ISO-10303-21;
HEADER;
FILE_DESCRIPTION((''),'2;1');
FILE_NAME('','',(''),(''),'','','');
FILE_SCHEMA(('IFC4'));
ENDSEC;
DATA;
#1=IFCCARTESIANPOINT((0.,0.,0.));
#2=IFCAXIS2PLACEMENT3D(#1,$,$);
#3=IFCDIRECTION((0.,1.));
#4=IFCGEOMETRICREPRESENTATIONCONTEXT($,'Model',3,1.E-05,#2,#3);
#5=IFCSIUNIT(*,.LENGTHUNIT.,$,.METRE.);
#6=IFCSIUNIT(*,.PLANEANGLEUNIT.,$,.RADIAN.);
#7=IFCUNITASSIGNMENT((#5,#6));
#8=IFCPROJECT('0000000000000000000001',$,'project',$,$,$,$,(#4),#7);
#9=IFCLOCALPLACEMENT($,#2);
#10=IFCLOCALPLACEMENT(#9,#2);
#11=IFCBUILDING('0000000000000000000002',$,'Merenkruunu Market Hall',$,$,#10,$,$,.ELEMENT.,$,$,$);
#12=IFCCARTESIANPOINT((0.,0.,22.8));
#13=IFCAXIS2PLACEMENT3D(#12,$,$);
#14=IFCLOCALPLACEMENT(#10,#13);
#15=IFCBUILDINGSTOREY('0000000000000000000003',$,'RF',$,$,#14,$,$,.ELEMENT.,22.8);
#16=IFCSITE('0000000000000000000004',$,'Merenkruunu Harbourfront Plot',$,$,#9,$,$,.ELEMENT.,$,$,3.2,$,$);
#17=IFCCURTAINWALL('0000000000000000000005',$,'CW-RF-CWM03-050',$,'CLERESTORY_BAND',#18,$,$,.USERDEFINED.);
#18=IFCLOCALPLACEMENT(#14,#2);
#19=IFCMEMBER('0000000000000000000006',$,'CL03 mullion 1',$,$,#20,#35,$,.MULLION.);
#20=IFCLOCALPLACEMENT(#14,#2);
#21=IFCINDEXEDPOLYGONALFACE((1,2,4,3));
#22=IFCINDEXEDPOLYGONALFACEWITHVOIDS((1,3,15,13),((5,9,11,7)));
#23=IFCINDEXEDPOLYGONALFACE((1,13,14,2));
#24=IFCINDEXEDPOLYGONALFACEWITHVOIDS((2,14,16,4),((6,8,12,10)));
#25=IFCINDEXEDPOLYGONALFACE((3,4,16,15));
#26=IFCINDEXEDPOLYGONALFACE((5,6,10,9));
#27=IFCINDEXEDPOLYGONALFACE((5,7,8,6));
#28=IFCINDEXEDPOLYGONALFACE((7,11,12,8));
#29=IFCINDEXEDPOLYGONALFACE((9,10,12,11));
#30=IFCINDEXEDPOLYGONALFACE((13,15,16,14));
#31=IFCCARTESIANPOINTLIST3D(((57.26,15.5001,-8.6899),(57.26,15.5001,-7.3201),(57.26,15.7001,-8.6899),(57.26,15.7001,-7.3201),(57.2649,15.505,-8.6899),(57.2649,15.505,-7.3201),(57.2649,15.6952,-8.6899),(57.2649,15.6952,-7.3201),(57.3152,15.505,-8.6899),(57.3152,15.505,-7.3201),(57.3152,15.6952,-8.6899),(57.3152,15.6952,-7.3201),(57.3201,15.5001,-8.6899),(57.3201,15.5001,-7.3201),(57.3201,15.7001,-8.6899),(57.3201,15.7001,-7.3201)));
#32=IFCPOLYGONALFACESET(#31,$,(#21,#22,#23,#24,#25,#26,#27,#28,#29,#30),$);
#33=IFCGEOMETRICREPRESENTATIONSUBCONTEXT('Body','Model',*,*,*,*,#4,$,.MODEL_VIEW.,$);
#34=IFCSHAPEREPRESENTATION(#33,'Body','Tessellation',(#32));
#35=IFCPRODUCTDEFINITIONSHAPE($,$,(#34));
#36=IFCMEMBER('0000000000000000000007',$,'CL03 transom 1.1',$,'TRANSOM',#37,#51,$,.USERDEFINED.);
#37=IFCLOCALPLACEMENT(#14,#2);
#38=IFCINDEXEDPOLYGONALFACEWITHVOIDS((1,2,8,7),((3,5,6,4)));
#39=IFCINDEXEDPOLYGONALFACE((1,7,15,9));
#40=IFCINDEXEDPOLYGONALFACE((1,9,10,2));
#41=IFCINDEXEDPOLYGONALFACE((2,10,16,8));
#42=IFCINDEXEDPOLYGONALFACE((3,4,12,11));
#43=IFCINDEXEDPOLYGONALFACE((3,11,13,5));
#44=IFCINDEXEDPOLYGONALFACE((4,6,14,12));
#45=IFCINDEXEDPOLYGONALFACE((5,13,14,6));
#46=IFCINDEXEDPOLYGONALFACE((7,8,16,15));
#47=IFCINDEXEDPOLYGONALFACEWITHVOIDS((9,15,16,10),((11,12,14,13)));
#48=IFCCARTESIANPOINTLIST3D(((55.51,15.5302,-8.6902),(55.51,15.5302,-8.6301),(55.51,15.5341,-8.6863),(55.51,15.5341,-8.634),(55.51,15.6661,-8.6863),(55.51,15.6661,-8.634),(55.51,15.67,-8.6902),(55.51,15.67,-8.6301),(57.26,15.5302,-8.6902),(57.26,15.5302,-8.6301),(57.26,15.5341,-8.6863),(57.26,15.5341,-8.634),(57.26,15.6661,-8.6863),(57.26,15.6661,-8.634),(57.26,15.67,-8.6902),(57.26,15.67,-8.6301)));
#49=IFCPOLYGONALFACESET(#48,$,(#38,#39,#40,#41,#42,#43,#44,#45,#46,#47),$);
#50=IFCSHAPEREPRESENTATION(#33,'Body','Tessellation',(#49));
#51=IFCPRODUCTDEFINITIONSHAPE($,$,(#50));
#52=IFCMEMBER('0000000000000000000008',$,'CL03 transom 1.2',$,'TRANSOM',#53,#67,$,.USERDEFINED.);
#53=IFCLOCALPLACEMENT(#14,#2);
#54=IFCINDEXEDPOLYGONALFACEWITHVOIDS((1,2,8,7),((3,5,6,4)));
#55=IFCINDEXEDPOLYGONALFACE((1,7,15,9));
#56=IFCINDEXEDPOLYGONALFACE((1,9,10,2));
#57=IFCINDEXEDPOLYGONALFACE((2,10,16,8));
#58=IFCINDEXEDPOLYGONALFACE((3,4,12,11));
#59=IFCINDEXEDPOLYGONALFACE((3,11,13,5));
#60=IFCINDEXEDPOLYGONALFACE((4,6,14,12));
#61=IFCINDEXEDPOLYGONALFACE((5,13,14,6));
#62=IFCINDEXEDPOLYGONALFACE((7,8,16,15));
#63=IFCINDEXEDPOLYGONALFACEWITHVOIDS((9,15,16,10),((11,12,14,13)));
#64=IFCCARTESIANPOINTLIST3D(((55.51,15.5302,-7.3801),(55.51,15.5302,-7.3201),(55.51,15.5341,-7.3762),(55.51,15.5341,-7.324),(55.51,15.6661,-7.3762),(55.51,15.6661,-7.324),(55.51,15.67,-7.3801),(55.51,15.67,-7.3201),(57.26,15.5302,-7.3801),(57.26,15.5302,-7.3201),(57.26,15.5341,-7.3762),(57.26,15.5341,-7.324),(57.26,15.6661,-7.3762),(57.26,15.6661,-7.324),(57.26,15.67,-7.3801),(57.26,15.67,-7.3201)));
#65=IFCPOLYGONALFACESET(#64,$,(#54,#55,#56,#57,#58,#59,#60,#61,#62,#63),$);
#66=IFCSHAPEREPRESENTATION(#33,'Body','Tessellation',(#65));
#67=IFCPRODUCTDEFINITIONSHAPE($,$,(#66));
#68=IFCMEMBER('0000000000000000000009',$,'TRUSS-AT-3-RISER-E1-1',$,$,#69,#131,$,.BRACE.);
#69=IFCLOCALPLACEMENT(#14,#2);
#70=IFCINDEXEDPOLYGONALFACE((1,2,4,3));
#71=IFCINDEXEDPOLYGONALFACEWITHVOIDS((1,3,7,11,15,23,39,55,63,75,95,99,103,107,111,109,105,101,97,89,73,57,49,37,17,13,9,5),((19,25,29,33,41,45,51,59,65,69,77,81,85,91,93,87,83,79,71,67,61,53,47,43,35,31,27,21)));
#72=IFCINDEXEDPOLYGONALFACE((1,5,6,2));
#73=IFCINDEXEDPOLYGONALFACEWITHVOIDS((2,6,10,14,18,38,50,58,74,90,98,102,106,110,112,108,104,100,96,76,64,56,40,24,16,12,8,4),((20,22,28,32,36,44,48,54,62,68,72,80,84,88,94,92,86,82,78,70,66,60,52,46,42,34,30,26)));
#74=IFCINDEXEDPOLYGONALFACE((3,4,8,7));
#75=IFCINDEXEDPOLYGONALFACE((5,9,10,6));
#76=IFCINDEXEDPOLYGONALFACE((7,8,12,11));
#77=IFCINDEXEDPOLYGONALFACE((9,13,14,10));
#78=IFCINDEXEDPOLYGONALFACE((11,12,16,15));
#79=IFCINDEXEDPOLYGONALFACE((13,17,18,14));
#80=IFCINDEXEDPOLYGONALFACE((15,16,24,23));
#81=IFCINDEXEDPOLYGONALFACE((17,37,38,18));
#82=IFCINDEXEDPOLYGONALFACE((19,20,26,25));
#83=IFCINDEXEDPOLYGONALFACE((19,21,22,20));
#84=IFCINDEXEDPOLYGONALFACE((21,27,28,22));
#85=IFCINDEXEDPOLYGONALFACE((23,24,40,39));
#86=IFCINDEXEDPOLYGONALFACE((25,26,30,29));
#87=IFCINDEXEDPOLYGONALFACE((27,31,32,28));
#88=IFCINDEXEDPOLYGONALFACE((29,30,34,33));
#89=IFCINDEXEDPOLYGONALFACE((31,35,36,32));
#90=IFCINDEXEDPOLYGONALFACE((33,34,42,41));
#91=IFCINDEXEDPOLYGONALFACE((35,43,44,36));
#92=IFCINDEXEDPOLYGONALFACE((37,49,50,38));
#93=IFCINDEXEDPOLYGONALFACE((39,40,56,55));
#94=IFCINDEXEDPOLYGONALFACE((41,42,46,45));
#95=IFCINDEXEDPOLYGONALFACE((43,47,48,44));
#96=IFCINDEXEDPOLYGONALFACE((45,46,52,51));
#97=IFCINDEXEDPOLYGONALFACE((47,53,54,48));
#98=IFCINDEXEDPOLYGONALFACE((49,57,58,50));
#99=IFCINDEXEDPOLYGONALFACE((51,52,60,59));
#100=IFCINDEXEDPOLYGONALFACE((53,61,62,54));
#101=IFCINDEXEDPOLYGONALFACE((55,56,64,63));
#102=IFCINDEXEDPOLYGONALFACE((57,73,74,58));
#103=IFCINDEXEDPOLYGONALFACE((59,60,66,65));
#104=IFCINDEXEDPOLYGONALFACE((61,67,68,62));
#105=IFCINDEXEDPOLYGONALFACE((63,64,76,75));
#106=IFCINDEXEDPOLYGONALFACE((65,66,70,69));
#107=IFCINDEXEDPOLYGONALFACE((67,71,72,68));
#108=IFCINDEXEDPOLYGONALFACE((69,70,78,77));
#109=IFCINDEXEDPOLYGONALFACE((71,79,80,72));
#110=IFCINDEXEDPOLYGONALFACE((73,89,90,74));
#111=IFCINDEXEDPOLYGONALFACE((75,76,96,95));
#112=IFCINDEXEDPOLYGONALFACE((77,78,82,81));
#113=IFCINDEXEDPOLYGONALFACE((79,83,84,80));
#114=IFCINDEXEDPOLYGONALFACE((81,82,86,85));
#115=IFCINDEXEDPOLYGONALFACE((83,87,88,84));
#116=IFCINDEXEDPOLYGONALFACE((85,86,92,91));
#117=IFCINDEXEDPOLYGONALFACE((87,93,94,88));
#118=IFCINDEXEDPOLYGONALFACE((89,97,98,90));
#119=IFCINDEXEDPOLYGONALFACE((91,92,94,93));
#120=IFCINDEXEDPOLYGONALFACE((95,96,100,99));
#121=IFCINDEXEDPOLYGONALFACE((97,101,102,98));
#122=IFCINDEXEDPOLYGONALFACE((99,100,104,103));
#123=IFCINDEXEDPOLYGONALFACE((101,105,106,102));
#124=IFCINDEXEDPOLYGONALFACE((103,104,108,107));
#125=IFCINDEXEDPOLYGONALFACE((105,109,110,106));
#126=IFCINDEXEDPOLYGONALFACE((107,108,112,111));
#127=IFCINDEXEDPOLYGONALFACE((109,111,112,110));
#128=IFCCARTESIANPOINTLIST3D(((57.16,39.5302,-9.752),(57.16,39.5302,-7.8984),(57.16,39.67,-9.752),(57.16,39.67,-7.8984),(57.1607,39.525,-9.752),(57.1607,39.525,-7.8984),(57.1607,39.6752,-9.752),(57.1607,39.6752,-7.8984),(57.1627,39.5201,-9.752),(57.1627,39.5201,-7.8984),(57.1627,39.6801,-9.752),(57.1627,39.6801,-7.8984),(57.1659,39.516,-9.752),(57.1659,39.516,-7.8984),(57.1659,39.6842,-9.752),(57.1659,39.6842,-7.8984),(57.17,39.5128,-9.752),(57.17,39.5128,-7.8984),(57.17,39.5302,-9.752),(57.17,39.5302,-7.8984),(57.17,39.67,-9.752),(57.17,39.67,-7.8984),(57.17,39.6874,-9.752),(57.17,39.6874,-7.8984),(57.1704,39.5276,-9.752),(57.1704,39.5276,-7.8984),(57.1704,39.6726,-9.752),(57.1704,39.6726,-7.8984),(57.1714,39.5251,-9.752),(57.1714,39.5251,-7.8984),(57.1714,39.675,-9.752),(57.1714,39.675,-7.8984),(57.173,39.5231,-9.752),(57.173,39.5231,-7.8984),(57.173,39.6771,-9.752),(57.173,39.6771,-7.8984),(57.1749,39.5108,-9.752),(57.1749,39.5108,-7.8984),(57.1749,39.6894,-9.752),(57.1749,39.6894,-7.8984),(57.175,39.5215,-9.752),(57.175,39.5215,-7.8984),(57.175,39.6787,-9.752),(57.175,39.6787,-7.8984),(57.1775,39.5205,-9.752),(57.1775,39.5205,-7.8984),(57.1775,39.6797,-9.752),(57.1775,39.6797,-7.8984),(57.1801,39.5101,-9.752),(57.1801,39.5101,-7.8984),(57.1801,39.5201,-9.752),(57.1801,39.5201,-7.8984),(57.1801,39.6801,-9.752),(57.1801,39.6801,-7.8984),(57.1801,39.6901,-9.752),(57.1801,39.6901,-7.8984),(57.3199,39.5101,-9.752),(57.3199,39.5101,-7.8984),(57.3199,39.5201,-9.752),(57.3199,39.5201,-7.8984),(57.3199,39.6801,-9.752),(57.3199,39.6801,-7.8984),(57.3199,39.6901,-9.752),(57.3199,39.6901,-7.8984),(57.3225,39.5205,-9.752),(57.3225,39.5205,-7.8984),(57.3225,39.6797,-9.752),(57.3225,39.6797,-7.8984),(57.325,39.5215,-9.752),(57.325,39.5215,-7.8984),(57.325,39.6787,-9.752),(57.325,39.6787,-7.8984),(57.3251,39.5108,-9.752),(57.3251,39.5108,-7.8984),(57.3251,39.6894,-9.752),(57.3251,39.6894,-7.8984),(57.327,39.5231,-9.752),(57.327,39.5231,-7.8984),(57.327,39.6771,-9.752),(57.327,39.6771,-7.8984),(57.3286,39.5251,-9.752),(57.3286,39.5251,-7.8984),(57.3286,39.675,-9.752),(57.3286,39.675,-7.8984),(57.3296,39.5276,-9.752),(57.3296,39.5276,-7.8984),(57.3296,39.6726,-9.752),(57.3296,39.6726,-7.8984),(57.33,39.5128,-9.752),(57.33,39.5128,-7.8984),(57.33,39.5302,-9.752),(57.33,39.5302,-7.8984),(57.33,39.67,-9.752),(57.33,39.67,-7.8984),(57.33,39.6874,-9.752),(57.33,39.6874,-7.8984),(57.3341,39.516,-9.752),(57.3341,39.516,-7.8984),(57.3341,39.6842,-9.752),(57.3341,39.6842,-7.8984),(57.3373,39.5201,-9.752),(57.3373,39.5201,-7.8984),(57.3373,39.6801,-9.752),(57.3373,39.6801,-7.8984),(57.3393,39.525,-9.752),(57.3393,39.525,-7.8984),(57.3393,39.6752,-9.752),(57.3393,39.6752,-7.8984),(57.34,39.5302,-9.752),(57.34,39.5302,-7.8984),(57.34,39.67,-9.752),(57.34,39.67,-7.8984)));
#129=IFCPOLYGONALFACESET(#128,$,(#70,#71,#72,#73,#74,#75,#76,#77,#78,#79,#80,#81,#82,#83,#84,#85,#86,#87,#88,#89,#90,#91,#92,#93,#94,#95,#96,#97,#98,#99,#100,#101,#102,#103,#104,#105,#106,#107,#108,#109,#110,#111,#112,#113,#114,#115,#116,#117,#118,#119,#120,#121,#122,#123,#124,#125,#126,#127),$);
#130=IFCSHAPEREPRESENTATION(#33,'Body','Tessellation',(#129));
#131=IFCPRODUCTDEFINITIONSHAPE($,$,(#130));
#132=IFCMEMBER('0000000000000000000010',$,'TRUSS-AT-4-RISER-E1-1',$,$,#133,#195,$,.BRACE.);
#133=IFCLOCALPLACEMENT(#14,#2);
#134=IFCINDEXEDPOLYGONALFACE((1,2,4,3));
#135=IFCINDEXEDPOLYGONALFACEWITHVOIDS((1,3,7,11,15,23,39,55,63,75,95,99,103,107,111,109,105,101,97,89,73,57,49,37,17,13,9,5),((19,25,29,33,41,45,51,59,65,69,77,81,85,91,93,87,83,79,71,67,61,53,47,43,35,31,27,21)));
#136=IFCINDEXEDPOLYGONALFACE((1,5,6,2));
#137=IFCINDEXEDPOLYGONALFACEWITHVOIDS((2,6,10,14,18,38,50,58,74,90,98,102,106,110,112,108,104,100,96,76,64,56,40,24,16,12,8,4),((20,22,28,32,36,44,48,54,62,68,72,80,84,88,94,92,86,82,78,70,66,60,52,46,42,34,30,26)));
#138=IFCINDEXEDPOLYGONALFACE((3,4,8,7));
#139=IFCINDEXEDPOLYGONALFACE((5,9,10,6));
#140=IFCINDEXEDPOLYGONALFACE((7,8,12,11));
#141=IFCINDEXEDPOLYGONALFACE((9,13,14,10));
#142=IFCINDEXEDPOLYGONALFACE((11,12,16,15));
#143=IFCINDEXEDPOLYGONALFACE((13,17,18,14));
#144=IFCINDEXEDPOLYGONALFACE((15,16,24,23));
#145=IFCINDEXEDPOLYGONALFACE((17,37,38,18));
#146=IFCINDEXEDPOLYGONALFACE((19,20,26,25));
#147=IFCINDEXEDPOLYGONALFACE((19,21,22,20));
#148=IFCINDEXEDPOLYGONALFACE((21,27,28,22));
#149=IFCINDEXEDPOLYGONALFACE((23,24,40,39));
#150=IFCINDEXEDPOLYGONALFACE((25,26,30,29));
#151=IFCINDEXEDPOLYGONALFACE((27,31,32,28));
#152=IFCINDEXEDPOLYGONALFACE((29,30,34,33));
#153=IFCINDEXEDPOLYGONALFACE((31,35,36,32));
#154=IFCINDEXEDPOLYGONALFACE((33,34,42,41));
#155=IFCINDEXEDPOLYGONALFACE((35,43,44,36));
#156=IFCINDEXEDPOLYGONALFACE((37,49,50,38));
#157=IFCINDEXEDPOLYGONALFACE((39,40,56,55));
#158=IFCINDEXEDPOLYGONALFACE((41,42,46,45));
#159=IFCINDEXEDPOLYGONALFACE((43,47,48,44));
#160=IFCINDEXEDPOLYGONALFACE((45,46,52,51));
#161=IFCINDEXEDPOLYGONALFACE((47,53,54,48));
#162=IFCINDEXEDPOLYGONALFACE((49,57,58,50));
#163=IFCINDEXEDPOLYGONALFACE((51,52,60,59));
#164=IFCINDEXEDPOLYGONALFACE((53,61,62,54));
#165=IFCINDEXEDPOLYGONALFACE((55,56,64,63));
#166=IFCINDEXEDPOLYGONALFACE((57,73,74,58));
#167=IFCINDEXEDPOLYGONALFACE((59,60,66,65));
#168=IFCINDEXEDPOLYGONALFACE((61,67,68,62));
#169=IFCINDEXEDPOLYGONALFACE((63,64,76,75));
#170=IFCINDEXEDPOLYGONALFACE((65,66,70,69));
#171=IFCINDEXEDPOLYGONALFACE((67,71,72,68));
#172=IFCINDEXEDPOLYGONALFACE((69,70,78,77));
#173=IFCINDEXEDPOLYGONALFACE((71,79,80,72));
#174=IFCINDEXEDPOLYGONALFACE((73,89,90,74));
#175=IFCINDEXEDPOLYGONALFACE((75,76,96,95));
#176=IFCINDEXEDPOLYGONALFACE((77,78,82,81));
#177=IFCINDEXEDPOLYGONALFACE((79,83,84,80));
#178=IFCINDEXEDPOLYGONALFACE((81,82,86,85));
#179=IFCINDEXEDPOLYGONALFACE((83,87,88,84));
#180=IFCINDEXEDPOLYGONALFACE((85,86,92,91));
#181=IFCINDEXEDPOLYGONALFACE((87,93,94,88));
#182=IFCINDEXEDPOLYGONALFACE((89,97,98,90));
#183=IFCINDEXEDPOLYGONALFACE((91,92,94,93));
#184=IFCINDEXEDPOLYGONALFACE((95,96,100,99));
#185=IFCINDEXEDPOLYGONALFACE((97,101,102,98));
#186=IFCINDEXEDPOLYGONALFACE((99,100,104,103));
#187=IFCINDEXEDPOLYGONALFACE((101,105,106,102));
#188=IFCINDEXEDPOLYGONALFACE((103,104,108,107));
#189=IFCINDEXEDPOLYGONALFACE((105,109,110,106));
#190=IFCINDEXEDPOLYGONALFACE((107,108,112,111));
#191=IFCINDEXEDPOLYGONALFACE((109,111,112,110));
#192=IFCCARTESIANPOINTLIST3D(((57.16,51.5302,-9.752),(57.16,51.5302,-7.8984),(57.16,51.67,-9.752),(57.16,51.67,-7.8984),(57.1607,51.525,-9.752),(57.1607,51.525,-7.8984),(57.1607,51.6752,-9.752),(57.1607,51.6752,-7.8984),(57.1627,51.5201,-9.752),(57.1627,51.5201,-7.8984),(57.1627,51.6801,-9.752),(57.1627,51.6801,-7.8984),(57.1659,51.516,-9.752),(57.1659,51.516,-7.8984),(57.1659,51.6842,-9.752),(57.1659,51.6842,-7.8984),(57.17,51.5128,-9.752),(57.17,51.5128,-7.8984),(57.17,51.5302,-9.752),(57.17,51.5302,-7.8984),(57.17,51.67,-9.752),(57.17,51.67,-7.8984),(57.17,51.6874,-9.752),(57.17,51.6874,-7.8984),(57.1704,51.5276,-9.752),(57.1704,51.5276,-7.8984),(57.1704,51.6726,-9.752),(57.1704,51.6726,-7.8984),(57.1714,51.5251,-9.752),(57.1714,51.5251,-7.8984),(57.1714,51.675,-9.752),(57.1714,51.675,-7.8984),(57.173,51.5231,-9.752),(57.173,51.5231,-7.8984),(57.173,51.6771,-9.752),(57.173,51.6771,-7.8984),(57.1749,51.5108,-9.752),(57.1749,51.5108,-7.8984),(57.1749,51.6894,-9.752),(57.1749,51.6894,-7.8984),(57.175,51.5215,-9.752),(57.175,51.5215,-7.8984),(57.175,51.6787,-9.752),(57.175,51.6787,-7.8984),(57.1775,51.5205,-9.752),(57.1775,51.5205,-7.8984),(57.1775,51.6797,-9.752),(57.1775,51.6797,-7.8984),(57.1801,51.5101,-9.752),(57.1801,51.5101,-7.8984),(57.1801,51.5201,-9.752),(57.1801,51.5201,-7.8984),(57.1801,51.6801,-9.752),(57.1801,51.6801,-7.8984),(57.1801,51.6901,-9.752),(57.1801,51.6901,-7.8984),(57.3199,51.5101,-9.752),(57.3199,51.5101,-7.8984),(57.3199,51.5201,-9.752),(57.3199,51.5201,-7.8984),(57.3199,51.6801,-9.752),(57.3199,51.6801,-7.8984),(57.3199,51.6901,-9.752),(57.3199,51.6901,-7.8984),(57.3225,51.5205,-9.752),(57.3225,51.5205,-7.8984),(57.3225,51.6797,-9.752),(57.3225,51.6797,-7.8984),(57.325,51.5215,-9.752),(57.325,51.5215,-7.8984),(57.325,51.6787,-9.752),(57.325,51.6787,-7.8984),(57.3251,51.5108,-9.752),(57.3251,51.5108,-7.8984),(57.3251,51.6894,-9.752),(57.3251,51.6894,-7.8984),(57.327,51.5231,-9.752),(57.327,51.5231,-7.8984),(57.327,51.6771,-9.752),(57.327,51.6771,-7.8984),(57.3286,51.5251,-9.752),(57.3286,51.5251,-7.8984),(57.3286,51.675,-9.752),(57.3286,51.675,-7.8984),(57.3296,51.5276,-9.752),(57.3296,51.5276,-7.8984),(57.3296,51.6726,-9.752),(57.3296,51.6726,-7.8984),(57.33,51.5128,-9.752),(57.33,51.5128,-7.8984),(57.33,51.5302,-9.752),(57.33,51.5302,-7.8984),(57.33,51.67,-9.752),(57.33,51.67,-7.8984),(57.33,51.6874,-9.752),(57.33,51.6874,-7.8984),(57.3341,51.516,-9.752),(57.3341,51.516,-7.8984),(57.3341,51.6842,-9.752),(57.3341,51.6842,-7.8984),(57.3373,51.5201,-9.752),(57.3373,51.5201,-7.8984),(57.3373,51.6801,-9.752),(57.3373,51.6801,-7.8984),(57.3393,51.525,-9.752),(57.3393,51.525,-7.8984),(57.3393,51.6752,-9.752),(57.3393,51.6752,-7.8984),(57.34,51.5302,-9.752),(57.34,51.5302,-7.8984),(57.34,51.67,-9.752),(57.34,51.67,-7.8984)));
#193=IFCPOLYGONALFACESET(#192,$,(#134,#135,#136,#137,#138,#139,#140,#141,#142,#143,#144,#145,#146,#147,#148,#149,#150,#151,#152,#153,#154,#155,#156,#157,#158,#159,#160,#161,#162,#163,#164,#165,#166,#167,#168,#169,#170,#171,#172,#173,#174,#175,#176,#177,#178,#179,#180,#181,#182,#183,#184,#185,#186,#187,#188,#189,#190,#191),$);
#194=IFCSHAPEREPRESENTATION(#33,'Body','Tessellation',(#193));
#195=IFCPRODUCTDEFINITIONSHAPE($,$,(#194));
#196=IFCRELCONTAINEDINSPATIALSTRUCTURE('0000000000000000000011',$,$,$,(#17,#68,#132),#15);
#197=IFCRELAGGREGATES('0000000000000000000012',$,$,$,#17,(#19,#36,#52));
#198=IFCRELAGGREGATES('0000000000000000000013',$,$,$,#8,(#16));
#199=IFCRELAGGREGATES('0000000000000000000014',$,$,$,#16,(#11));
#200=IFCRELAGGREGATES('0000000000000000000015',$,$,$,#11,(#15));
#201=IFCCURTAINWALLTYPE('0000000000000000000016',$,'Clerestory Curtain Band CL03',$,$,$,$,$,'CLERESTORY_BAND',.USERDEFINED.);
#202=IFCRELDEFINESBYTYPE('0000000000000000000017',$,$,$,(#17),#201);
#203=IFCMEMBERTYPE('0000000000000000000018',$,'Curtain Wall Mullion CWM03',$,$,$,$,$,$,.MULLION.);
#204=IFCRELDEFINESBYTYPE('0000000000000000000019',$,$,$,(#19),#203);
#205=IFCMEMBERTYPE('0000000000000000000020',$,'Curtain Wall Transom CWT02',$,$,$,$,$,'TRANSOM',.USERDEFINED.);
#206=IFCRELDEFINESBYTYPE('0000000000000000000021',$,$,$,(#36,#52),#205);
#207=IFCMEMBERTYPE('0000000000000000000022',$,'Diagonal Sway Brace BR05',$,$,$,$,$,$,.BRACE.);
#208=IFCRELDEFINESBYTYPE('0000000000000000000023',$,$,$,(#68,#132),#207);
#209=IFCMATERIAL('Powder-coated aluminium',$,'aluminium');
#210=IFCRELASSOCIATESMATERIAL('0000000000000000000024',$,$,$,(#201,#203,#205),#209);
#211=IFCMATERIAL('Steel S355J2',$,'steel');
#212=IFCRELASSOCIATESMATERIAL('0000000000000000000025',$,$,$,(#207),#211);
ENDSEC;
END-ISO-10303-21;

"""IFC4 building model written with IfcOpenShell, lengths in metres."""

from ifc_helpers import new_model, si_unit, direction, frame, origin, origin_2d, place, context, subcontext, project, spatial, hollow_rectangle, extrude, material, material_profile, profile_set, type_object, element, aggregate, save


model = new_model("IFC4")

# Units and contexts
model_context = context("Model", 3, precision=1e-05, world=origin(), true_north=direction((0.0, 1.0)))
body_context = subcontext(model_context, "Body", "Model", "MODEL_VIEW")
ifc_project = project(units=[si_unit("LENGTHUNIT", "METRE"), si_unit("PLANEANGLEUNIT", "RADIAN")], contexts=[model_context])

# Site, building, storey
site_placement = place(None, origin())
site = spatial("IfcSite", under=ifc_project, at=site_placement, Name="Merenkruunu Harbourfront Plot", CompositionType="ELEMENT", RefElevation=3.2)
building_placement = place(site_placement, origin())
building = spatial("IfcBuilding", under=site, at=building_placement, Name="Merenkruunu Market Hall", CompositionType="ELEMENT")
storey_placement = place(building_placement, frame((0.0, 0.0, 22.8)))
storey = spatial("IfcBuildingStorey", under=building, at=storey_placement, Name="RF", CompositionType="ELEMENT", Elevation=22.8)

# Curtain wall, members
ifc_material_1 = material(Name="Powder-coated aluminium", Category="aluminium")
curtain_wall_type = type_object("IfcCurtainWallType", Name="Clerestory Curtain Band CL03", ElementType="CLERESTORY_BAND", PredefinedType="USERDEFINED", material=ifc_material_1)
curtain_wall_placement = place(storey_placement, origin())
curtain_wall = element("IfcCurtainWall", 1, at=curtain_wall_placement, inside=storey, type_object=curtain_wall_type, Name="CW-RF-CWM03-050", ObjectType="CLERESTORY_BAND", PredefinedType="USERDEFINED")
ifc_material_profile_1 = material_profile(ifc_material_1, hollow_rectangle(XDim=0.0601, YDim=0.2, WallThickness=0.0049, at=origin_2d()), Name="ALU 60x200x5")
ifc_profile_set_1 = profile_set([ifc_material_profile_1], Name="Powder-coated aluminium")
member_type_1 = type_object("IfcMemberType", Name="Curtain Wall Mullion CWM03", PredefinedType="MULLION", material=ifc_profile_set_1)
member_1_placement = place(storey_placement, frame((57.29, 15.6001, -8.6899), z_axis=(0.0, 0.0, 1.0), x_axis=(-1.0, 0.0, 0.0)))
member_1 = element("IfcMember", 2, at=member_1_placement, type_object=member_type_1, Name="CL03 mullion 1", PredefinedType="MULLION", context=body_context, shape_type="SweptSolid", body=[
    extrude(hollow_rectangle(XDim=0.0601, YDim=0.2, WallThickness=0.0049, at=origin_2d()), origin(), (0.0, 0.0, 1.0), 1.3699),
])
ifc_material_profile_2 = material_profile(ifc_material_1, hollow_rectangle(XDim=0.0601, YDim=0.1399, WallThickness=0.0039, at=origin_2d()), Name="ALU 60x140x4")
ifc_profile_set_2 = profile_set([ifc_material_profile_2], Name="Powder-coated aluminium")
member_type_2 = type_object("IfcMemberType", Name="Curtain Wall Transom CWT02", ElementType="TRANSOM", PredefinedType="USERDEFINED", material=ifc_profile_set_2)
member_2_placement = place(storey_placement, frame((57.26, 15.6001, -8.6602), z_axis=(-1.0, 0.0, 0.0), x_axis=(0.0, 0.0, 1.0)))
member_2 = element("IfcMember", 3, at=member_2_placement, type_object=member_type_2, Name="CL03 transom 1.1", ObjectType="TRANSOM", PredefinedType="USERDEFINED", context=body_context, shape_type="SweptSolid", body=[
    extrude(hollow_rectangle(XDim=0.0601, YDim=0.1399, WallThickness=0.0039, at=origin_2d()), origin(), (0.0, 0.0, 1.0), 1.75),
])
member_3_placement = place(storey_placement, frame((57.26, 15.6001, -7.3501), z_axis=(-1.0, 0.0, 0.0), x_axis=(0.0, 0.0, 1.0)))
member_3 = element("IfcMember", 4, at=member_3_placement, type_object=member_type_2, Name="CL03 transom 1.2", ObjectType="TRANSOM", PredefinedType="USERDEFINED", context=body_context, shape_type="SweptSolid", body=[
    extrude(hollow_rectangle(XDim=0.0601, YDim=0.1399, WallThickness=0.0039, at=origin_2d()), origin(), (0.0, 0.0, 1.0), 1.75),
])
aggregate(curtain_wall, [member_1, member_2, member_3])

# Members
ifc_material_2 = material(Name="Steel S355J2", Category="steel")
ifc_material_profile_3 = material_profile(ifc_material_2, hollow_rectangle(XDim=0.1799, YDim=0.1799, WallThickness=0.01, InnerFilletRadius=0.01, OuterFilletRadius=0.02, at=origin_2d()), Name="SHS 180x180x10")
ifc_profile_set_3 = profile_set([ifc_material_profile_3], Name="Steel S355J2")
member_type_3 = type_object("IfcMemberType", Name="Diagonal Sway Brace BR05", PredefinedType="BRACE", material=ifc_profile_set_3)
for number, where, z_axis, x_axis, name in (
    (5, (57.25, 39.6001, -9.752), (0.0, 0.0, 1.0), (1.0, 0.0, 0.0), "TRUSS-AT-3-RISER-E1-1"),
    (6, (57.25, 51.6001, -9.752), (0.0, 0.0, 1.0), (1.0, 0.0, 0.0), "TRUSS-AT-4-RISER-E1-1"),
):
    element("IfcMember", number, at=place(storey_placement, frame(where, z_axis=z_axis, x_axis=x_axis)), inside=storey, type_object=member_type_3, Name=name, PredefinedType="BRACE", context=body_context, shape_type="SweptSolid", body=[
        extrude(hollow_rectangle(XDim=0.1799, YDim=0.1799, WallThickness=0.01, InnerFilletRadius=0.01, OuterFilletRadius=0.02, at=origin_2d()), origin(), (0.0, 0.0, 1.0), 1.8535),
    ])

save(model, "model.ifc")
